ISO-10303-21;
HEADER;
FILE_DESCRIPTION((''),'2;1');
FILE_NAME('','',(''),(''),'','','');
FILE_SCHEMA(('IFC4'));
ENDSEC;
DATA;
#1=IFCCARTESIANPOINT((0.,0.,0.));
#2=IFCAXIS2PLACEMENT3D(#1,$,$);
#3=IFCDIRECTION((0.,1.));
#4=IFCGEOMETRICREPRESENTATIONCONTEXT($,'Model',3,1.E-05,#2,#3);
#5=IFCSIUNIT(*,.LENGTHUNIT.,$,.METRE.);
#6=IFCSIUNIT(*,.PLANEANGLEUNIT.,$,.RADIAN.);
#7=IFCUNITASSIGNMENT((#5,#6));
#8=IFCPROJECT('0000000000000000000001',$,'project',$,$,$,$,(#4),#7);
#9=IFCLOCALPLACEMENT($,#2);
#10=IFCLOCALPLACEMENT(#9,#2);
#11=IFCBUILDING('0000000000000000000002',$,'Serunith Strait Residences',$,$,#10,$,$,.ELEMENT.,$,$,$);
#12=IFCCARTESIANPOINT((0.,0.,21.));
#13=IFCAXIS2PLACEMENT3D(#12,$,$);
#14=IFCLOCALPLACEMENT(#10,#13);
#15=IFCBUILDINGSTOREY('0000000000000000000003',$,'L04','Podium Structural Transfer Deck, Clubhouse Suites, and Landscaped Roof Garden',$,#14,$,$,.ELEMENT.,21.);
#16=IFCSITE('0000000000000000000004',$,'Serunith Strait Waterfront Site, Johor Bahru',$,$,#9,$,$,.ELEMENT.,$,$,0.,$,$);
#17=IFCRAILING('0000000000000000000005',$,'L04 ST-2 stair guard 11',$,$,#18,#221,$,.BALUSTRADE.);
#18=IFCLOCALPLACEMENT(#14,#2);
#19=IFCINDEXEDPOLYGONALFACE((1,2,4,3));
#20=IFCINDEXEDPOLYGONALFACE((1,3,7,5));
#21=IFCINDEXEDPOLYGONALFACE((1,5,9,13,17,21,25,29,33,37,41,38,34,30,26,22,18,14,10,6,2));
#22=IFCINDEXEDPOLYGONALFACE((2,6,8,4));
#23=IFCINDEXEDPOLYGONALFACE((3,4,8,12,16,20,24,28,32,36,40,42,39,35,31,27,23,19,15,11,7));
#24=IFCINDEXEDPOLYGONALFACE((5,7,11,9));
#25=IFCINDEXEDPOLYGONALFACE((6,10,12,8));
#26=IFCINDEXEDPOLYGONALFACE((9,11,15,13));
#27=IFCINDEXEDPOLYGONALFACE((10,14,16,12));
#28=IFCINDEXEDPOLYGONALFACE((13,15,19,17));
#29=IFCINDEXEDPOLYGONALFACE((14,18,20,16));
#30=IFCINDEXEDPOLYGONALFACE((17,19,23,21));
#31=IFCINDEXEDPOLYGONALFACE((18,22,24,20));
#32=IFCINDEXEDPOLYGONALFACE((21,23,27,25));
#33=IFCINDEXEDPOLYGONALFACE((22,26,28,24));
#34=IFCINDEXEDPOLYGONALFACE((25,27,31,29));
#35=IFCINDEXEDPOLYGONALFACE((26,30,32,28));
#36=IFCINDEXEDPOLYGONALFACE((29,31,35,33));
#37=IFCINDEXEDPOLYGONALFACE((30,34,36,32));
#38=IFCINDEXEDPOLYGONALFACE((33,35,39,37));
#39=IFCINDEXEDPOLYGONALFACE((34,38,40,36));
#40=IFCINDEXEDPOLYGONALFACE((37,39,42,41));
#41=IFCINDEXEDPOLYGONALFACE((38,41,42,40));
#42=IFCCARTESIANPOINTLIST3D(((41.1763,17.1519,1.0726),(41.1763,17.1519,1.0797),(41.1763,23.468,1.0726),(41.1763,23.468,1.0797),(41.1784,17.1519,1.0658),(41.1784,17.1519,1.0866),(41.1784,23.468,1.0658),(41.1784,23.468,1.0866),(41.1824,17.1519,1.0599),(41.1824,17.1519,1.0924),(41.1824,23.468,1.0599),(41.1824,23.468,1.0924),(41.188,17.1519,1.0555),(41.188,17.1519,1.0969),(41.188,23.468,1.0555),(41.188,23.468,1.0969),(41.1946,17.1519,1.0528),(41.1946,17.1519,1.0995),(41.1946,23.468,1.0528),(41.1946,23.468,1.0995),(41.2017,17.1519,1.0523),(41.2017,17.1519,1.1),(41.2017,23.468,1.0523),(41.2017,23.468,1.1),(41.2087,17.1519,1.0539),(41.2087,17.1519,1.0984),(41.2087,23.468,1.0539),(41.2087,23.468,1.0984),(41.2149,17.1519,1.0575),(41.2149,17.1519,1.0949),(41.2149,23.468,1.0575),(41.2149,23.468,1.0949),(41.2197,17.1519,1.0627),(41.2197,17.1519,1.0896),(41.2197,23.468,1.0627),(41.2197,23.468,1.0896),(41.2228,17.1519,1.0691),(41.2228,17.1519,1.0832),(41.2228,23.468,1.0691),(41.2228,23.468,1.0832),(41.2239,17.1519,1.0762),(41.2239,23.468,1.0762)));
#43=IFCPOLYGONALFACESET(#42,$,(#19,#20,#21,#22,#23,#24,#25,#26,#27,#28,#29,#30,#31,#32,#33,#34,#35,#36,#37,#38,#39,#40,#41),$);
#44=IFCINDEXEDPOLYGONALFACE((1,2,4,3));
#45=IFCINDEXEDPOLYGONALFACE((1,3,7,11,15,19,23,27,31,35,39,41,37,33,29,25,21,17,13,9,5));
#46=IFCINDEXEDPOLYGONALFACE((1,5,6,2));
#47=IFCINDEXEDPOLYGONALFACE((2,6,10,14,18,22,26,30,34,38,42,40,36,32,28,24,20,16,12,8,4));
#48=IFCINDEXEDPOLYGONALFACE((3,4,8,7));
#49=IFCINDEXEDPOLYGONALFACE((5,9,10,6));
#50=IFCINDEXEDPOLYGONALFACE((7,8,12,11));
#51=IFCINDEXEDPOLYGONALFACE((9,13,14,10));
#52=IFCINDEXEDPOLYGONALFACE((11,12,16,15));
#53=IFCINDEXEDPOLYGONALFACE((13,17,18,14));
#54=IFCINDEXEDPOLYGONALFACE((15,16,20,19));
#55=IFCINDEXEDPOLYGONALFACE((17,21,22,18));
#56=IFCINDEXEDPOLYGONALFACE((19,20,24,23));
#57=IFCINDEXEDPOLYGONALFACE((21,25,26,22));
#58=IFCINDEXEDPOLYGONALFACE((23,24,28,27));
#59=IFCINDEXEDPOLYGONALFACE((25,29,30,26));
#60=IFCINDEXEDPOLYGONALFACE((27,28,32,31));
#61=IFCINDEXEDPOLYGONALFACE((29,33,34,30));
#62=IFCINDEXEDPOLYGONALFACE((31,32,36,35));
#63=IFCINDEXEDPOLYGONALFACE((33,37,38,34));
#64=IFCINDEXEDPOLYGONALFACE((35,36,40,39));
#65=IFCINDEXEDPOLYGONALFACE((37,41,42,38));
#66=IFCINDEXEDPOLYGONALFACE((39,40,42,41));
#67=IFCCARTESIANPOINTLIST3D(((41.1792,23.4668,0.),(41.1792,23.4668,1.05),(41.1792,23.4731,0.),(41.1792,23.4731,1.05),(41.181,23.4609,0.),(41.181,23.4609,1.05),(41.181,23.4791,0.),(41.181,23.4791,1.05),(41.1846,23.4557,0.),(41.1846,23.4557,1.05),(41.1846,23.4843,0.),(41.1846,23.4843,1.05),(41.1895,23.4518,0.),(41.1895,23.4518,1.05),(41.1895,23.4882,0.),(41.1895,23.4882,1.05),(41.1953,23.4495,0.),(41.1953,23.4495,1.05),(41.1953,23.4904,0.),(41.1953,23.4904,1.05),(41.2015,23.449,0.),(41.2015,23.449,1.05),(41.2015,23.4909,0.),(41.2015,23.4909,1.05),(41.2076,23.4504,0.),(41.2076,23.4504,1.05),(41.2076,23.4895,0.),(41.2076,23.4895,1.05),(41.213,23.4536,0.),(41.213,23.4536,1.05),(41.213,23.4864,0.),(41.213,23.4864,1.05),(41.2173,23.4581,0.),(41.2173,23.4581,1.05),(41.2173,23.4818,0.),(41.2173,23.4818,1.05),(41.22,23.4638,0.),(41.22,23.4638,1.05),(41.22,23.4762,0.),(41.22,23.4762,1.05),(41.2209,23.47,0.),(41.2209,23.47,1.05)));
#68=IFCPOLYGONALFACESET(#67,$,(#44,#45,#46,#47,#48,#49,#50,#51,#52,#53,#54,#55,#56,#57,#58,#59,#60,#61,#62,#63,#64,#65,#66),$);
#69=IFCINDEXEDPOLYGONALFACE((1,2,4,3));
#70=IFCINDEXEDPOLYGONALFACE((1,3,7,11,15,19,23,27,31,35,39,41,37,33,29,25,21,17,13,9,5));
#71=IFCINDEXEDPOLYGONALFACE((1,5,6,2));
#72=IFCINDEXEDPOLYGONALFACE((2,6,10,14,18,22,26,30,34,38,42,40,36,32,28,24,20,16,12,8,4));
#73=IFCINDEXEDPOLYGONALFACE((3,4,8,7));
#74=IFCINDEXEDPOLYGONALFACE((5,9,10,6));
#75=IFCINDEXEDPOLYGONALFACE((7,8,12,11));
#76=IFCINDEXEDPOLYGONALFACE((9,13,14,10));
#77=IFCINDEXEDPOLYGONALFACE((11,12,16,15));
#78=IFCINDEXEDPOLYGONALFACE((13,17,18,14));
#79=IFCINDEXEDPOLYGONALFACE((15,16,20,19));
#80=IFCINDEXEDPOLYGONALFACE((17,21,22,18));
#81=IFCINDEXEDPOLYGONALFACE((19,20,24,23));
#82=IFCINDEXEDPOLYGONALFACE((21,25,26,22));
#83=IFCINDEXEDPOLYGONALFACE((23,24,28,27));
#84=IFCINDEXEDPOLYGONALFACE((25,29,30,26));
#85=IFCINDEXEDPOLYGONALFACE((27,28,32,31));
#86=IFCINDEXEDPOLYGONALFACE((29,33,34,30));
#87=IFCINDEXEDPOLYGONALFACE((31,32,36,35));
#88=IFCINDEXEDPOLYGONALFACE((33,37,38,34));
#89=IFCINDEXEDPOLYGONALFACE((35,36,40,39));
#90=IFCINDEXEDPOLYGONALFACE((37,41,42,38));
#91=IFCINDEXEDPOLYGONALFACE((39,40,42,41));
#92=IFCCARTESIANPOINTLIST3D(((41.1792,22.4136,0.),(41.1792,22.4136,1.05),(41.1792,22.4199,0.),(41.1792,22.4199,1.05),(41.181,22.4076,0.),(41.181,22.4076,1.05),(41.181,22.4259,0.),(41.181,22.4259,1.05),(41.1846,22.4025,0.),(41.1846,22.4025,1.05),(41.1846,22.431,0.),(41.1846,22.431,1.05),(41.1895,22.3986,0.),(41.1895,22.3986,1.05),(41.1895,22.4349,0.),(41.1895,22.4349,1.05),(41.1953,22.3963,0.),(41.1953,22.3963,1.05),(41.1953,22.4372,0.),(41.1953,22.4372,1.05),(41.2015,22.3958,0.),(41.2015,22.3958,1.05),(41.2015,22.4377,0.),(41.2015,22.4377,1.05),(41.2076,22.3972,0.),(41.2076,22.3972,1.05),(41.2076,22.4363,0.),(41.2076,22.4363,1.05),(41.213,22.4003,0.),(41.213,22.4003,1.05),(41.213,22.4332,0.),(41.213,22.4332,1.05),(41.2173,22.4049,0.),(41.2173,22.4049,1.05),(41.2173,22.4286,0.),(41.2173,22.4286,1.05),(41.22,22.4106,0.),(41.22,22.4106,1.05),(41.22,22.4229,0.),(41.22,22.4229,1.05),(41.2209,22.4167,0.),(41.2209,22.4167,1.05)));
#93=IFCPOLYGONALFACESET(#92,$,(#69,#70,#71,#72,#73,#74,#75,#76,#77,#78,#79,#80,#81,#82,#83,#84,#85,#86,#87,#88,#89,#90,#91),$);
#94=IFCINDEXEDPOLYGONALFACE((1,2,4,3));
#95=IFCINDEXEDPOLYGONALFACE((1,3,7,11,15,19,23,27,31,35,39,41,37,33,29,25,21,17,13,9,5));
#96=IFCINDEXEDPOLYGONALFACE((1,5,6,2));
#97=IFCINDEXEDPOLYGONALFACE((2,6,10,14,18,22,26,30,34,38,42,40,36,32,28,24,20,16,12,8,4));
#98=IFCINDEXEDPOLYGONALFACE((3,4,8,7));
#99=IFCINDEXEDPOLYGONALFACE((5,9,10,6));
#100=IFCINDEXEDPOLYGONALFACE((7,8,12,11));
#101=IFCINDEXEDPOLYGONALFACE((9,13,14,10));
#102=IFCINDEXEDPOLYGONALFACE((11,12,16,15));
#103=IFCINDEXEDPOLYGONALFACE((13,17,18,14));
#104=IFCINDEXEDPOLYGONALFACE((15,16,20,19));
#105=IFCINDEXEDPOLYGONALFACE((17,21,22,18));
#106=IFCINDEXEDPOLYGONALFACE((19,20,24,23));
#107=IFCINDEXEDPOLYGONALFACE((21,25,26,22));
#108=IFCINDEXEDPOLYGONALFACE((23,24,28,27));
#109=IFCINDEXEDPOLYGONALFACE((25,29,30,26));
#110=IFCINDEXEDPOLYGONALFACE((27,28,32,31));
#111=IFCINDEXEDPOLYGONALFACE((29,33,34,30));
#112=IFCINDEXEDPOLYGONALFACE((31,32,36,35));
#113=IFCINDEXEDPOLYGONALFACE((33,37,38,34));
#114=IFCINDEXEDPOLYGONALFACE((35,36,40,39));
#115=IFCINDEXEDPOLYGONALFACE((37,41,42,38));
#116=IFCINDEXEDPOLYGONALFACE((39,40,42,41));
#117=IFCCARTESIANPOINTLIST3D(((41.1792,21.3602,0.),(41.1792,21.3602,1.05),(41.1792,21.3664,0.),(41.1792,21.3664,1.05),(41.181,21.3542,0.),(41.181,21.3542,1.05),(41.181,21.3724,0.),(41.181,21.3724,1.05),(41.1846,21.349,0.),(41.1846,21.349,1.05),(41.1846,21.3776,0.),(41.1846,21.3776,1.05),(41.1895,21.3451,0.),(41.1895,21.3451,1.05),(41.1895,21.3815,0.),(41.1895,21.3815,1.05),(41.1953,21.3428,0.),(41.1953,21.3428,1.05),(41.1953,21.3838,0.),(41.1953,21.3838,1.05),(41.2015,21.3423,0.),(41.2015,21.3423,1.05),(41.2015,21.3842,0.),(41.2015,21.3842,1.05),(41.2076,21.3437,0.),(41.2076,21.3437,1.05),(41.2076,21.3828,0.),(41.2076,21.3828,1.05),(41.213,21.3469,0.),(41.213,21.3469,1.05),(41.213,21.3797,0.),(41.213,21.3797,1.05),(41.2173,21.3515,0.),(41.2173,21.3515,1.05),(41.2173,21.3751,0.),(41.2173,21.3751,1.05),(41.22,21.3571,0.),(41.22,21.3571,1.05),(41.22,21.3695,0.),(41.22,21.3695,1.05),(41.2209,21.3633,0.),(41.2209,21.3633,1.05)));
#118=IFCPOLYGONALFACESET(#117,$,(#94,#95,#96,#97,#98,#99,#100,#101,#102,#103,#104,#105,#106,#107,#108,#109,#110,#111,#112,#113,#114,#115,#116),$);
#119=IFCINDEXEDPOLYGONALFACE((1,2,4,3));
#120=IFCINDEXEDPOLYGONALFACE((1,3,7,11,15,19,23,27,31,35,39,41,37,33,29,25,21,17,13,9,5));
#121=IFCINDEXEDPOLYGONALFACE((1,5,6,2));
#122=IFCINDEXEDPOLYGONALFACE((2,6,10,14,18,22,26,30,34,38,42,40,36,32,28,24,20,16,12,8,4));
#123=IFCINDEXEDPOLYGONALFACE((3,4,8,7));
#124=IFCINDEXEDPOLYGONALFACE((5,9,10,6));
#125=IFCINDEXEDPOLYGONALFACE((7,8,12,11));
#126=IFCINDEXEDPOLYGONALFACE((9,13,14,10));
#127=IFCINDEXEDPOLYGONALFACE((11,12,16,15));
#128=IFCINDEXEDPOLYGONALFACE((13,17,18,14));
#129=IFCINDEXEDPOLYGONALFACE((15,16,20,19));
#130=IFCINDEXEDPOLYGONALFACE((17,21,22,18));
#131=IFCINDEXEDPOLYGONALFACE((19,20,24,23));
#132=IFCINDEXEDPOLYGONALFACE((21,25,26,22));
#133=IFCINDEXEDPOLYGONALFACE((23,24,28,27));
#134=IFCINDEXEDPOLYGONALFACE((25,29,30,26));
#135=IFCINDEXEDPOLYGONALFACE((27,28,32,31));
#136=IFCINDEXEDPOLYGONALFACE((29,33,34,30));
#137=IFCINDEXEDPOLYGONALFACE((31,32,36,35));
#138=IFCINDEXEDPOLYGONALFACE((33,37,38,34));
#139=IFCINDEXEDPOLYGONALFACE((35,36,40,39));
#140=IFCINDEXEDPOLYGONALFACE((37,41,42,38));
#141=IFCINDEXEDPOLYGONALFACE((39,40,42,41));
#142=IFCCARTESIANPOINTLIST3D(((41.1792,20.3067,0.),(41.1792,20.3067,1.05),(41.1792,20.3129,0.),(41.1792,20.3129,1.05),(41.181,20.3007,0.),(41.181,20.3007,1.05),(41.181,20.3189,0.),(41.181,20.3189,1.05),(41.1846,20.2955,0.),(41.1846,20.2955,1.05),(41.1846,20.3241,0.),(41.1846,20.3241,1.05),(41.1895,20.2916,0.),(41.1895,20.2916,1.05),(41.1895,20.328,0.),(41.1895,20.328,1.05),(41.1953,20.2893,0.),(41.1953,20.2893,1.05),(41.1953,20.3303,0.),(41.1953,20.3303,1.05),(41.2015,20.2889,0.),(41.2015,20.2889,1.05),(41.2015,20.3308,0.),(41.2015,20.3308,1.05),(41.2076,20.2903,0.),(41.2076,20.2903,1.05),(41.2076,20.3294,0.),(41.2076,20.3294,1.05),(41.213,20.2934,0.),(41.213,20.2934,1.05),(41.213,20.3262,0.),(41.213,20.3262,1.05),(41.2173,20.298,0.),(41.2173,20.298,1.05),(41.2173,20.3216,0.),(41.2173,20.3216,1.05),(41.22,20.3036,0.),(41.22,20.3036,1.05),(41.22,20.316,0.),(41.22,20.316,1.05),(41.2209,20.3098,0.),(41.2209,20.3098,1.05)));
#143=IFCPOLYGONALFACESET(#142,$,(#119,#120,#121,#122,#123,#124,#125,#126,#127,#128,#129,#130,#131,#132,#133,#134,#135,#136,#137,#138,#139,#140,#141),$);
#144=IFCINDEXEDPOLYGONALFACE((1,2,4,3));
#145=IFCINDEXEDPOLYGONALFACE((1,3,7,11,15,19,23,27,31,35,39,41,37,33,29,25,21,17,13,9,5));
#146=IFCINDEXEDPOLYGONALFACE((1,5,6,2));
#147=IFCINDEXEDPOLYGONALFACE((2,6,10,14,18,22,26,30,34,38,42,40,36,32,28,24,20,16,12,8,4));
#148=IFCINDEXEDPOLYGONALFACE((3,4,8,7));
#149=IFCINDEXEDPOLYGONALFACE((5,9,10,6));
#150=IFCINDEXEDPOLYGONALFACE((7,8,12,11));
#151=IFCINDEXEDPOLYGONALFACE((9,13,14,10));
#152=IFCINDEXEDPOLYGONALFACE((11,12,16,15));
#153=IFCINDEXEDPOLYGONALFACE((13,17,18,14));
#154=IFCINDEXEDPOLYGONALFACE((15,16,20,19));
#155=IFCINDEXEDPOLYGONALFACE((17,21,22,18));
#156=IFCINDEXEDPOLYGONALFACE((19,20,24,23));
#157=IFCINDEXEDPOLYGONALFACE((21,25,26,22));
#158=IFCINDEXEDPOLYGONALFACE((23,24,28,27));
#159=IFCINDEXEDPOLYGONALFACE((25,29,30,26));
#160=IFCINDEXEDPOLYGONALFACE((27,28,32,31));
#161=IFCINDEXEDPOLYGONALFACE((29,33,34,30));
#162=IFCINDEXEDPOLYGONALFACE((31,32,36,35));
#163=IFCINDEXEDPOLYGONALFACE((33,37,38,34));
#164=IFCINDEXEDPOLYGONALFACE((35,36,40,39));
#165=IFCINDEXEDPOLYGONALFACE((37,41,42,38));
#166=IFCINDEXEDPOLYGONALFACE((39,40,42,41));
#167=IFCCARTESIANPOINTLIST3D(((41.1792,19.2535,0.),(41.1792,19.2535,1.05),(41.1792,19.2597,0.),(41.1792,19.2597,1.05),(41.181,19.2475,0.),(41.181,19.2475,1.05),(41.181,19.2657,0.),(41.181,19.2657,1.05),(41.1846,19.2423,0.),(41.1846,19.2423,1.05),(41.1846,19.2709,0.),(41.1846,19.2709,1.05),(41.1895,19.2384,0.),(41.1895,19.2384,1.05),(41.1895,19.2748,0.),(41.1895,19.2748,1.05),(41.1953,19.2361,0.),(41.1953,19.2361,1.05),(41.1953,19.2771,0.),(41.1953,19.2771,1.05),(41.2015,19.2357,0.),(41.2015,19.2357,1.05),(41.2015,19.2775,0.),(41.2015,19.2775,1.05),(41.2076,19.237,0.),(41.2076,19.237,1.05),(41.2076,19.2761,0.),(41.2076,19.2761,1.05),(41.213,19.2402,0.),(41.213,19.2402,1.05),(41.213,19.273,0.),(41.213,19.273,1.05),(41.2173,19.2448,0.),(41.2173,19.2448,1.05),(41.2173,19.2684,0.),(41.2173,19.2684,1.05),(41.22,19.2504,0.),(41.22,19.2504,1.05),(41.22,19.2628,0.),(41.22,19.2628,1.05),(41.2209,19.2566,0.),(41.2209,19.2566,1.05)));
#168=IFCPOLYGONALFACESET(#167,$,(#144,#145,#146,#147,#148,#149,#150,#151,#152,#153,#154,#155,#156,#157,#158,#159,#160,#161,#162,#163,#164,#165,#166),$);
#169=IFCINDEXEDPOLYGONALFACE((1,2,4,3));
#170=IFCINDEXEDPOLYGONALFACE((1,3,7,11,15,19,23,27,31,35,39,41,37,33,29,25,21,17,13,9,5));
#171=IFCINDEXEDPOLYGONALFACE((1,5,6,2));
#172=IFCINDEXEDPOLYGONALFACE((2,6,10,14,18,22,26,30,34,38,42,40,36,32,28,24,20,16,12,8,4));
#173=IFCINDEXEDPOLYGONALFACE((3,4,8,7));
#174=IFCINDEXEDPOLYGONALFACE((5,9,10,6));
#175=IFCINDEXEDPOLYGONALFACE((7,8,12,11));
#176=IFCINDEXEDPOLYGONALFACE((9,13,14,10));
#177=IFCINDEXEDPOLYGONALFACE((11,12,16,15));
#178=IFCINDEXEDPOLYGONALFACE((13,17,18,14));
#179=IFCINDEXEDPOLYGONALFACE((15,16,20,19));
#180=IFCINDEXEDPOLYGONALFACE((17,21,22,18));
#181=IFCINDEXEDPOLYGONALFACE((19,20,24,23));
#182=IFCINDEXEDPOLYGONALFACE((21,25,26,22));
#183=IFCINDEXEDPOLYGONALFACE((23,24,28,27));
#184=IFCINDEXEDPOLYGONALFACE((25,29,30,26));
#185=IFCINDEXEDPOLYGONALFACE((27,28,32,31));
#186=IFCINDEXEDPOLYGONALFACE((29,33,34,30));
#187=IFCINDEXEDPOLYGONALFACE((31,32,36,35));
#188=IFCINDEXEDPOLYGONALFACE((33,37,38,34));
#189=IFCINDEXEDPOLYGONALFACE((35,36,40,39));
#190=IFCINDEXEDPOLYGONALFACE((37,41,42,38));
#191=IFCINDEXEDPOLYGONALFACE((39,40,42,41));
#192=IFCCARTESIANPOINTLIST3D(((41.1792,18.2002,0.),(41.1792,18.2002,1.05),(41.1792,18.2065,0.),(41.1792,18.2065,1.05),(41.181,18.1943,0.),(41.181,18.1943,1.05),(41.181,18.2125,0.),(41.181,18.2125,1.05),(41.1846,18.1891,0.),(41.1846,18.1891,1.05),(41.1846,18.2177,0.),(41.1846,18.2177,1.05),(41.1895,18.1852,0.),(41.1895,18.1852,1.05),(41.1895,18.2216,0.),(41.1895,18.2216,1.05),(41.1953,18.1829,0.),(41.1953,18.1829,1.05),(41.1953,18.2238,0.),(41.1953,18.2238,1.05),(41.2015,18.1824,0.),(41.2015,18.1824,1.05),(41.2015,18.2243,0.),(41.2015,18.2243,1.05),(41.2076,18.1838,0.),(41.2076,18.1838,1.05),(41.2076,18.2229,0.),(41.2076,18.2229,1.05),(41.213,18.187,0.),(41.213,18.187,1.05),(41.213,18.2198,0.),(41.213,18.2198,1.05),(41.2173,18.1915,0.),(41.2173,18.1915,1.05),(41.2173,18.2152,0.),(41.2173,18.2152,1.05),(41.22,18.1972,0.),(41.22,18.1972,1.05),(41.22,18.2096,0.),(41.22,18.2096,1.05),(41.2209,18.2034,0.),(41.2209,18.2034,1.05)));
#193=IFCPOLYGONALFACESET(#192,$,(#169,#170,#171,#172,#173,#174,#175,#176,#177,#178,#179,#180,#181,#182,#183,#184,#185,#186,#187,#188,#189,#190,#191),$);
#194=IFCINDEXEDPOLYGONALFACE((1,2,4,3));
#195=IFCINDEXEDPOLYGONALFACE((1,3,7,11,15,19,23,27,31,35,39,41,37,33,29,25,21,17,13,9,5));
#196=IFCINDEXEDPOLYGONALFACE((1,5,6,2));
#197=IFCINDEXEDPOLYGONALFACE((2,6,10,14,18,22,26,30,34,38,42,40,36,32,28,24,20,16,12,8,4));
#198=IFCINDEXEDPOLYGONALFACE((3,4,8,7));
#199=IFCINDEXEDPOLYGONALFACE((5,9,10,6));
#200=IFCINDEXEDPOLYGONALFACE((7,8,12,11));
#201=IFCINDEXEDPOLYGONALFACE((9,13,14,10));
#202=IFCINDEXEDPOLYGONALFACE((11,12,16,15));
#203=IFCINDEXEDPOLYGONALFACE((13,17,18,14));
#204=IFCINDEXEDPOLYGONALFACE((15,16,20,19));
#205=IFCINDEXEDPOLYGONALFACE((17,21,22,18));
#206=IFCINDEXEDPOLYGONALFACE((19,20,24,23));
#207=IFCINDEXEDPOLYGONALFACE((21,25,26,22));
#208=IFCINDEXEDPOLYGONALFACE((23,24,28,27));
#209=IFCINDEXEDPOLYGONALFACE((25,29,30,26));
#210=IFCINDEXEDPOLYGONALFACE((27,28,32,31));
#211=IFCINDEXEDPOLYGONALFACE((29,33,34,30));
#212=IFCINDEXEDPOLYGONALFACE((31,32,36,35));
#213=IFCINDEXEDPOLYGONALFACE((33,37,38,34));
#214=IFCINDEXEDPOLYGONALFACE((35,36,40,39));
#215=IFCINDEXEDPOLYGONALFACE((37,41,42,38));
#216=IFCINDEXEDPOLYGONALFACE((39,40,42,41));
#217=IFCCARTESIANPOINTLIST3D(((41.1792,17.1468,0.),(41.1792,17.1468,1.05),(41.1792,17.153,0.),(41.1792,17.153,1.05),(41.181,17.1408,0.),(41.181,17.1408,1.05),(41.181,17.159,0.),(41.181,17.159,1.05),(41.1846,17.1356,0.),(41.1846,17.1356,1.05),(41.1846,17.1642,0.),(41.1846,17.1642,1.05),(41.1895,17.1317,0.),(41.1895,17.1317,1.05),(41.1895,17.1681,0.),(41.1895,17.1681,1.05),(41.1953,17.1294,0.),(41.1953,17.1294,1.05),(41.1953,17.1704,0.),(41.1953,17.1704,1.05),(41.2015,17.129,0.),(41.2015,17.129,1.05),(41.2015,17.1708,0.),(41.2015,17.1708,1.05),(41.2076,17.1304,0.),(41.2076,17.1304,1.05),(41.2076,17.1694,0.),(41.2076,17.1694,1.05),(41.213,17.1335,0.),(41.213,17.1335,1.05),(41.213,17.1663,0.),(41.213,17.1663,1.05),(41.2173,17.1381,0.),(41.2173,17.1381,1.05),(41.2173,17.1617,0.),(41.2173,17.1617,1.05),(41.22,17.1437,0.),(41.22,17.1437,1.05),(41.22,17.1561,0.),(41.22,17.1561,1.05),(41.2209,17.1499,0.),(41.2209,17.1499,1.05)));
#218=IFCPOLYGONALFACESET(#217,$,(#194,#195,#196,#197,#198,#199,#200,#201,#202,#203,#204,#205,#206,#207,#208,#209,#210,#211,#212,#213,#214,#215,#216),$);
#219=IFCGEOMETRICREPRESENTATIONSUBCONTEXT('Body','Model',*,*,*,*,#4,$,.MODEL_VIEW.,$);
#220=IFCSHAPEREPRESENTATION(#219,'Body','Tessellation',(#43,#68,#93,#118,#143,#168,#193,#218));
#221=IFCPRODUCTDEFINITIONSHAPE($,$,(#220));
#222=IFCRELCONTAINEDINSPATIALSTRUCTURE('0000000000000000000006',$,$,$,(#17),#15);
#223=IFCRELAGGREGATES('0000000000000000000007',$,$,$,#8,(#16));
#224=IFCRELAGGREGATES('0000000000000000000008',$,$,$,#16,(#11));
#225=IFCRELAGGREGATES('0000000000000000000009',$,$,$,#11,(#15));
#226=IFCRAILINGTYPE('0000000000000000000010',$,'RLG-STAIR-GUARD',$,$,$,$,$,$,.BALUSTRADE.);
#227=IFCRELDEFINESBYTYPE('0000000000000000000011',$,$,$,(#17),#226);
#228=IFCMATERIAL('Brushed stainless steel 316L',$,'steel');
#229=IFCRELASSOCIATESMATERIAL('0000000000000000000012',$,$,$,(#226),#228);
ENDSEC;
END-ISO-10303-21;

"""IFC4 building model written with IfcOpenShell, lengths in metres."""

from ifc_helpers import new_model, si_unit, direction, frame, origin, origin_2d, place, context, subcontext, project, spatial, circle, extrude, material, type_object, element, save


model = new_model("IFC4")

# Units and contexts
model_context = context("Model", 3, precision=1e-05, world=origin(), true_north=direction((0.0, 1.0)))
body_context = subcontext(model_context, "Body", "Model", "MODEL_VIEW")
ifc_project = project(units=[si_unit("LENGTHUNIT", "METRE"), si_unit("PLANEANGLEUNIT", "RADIAN")], contexts=[model_context])

# Site, building, storey
site_placement = place(None, origin())
site = spatial("IfcSite", under=ifc_project, at=site_placement, Name="Serunith Strait Waterfront Site, Johor Bahru", CompositionType="ELEMENT", RefElevation=0.0)
building_placement = place(site_placement, origin())
building = spatial("IfcBuilding", under=site, at=building_placement, Name="Serunith Strait Residences", CompositionType="ELEMENT")
storey_placement = place(building_placement, frame((0.0, 0.0, 21.0)))
storey = spatial("IfcBuildingStorey", under=building, at=storey_placement, Name="L04", Description="Podium Structural Transfer Deck, Clubhouse Suites, and Landscaped Roof Garden", CompositionType="ELEMENT", Elevation=21.0)

# Railing
ifc_material_1 = material(Name="Brushed stainless steel 316L", Category="steel")
railing_type_1 = type_object("IfcRailingType", Name="RLG-STAIR-GUARD", PredefinedType="BALUSTRADE", material=ifc_material_1)
railing_1_placement = place(storey_placement, frame((41.2, 23.47, 0.0)))
element("IfcRailing", 1, at=railing_1_placement, inside=storey, type_object=railing_type_1, Name="L04 ST-2 stair guard 11", PredefinedType="BALUSTRADE", context=body_context, shape_type="SweptSolid", body=[
    extrude(circle(Radius=0.0239, at=origin_2d()), frame((0.0, -0.002, 1.0762), z_axis=(0.0, -1.0, 0.0), x_axis=(1.0, 0.0, 0.0)), (0.0, 0.0, 1.0), 6.3162),
    extrude(circle(Radius=0.021, at=origin_2d()), origin(), (0.0, 0.0, 1.0), 1.05),
    extrude(circle(Radius=0.021, at=origin_2d()), frame((0.0, -1.0532, 0.0)), (0.0, 0.0, 1.0), 1.05),
    extrude(circle(Radius=0.021, at=origin_2d()), frame((0.0, -2.1067, 0.0)), (0.0, 0.0, 1.0), 1.05),
    extrude(circle(Radius=0.021, at=origin_2d()), frame((0.0, -3.1602, 0.0)), (0.0, 0.0, 1.0), 1.05),
    extrude(circle(Radius=0.021, at=origin_2d()), frame((0.0, -4.2134, 0.0)), (0.0, 0.0, 1.0), 1.05),
    extrude(circle(Radius=0.021, at=origin_2d()), frame((0.0, -5.2666, 0.0)), (0.0, 0.0, 1.0), 1.05),
    extrude(circle(Radius=0.021, at=origin_2d()), frame((0.0, -6.3201, 0.0)), (0.0, 0.0, 1.0), 1.05),
])

save(model, "model.ifc")
